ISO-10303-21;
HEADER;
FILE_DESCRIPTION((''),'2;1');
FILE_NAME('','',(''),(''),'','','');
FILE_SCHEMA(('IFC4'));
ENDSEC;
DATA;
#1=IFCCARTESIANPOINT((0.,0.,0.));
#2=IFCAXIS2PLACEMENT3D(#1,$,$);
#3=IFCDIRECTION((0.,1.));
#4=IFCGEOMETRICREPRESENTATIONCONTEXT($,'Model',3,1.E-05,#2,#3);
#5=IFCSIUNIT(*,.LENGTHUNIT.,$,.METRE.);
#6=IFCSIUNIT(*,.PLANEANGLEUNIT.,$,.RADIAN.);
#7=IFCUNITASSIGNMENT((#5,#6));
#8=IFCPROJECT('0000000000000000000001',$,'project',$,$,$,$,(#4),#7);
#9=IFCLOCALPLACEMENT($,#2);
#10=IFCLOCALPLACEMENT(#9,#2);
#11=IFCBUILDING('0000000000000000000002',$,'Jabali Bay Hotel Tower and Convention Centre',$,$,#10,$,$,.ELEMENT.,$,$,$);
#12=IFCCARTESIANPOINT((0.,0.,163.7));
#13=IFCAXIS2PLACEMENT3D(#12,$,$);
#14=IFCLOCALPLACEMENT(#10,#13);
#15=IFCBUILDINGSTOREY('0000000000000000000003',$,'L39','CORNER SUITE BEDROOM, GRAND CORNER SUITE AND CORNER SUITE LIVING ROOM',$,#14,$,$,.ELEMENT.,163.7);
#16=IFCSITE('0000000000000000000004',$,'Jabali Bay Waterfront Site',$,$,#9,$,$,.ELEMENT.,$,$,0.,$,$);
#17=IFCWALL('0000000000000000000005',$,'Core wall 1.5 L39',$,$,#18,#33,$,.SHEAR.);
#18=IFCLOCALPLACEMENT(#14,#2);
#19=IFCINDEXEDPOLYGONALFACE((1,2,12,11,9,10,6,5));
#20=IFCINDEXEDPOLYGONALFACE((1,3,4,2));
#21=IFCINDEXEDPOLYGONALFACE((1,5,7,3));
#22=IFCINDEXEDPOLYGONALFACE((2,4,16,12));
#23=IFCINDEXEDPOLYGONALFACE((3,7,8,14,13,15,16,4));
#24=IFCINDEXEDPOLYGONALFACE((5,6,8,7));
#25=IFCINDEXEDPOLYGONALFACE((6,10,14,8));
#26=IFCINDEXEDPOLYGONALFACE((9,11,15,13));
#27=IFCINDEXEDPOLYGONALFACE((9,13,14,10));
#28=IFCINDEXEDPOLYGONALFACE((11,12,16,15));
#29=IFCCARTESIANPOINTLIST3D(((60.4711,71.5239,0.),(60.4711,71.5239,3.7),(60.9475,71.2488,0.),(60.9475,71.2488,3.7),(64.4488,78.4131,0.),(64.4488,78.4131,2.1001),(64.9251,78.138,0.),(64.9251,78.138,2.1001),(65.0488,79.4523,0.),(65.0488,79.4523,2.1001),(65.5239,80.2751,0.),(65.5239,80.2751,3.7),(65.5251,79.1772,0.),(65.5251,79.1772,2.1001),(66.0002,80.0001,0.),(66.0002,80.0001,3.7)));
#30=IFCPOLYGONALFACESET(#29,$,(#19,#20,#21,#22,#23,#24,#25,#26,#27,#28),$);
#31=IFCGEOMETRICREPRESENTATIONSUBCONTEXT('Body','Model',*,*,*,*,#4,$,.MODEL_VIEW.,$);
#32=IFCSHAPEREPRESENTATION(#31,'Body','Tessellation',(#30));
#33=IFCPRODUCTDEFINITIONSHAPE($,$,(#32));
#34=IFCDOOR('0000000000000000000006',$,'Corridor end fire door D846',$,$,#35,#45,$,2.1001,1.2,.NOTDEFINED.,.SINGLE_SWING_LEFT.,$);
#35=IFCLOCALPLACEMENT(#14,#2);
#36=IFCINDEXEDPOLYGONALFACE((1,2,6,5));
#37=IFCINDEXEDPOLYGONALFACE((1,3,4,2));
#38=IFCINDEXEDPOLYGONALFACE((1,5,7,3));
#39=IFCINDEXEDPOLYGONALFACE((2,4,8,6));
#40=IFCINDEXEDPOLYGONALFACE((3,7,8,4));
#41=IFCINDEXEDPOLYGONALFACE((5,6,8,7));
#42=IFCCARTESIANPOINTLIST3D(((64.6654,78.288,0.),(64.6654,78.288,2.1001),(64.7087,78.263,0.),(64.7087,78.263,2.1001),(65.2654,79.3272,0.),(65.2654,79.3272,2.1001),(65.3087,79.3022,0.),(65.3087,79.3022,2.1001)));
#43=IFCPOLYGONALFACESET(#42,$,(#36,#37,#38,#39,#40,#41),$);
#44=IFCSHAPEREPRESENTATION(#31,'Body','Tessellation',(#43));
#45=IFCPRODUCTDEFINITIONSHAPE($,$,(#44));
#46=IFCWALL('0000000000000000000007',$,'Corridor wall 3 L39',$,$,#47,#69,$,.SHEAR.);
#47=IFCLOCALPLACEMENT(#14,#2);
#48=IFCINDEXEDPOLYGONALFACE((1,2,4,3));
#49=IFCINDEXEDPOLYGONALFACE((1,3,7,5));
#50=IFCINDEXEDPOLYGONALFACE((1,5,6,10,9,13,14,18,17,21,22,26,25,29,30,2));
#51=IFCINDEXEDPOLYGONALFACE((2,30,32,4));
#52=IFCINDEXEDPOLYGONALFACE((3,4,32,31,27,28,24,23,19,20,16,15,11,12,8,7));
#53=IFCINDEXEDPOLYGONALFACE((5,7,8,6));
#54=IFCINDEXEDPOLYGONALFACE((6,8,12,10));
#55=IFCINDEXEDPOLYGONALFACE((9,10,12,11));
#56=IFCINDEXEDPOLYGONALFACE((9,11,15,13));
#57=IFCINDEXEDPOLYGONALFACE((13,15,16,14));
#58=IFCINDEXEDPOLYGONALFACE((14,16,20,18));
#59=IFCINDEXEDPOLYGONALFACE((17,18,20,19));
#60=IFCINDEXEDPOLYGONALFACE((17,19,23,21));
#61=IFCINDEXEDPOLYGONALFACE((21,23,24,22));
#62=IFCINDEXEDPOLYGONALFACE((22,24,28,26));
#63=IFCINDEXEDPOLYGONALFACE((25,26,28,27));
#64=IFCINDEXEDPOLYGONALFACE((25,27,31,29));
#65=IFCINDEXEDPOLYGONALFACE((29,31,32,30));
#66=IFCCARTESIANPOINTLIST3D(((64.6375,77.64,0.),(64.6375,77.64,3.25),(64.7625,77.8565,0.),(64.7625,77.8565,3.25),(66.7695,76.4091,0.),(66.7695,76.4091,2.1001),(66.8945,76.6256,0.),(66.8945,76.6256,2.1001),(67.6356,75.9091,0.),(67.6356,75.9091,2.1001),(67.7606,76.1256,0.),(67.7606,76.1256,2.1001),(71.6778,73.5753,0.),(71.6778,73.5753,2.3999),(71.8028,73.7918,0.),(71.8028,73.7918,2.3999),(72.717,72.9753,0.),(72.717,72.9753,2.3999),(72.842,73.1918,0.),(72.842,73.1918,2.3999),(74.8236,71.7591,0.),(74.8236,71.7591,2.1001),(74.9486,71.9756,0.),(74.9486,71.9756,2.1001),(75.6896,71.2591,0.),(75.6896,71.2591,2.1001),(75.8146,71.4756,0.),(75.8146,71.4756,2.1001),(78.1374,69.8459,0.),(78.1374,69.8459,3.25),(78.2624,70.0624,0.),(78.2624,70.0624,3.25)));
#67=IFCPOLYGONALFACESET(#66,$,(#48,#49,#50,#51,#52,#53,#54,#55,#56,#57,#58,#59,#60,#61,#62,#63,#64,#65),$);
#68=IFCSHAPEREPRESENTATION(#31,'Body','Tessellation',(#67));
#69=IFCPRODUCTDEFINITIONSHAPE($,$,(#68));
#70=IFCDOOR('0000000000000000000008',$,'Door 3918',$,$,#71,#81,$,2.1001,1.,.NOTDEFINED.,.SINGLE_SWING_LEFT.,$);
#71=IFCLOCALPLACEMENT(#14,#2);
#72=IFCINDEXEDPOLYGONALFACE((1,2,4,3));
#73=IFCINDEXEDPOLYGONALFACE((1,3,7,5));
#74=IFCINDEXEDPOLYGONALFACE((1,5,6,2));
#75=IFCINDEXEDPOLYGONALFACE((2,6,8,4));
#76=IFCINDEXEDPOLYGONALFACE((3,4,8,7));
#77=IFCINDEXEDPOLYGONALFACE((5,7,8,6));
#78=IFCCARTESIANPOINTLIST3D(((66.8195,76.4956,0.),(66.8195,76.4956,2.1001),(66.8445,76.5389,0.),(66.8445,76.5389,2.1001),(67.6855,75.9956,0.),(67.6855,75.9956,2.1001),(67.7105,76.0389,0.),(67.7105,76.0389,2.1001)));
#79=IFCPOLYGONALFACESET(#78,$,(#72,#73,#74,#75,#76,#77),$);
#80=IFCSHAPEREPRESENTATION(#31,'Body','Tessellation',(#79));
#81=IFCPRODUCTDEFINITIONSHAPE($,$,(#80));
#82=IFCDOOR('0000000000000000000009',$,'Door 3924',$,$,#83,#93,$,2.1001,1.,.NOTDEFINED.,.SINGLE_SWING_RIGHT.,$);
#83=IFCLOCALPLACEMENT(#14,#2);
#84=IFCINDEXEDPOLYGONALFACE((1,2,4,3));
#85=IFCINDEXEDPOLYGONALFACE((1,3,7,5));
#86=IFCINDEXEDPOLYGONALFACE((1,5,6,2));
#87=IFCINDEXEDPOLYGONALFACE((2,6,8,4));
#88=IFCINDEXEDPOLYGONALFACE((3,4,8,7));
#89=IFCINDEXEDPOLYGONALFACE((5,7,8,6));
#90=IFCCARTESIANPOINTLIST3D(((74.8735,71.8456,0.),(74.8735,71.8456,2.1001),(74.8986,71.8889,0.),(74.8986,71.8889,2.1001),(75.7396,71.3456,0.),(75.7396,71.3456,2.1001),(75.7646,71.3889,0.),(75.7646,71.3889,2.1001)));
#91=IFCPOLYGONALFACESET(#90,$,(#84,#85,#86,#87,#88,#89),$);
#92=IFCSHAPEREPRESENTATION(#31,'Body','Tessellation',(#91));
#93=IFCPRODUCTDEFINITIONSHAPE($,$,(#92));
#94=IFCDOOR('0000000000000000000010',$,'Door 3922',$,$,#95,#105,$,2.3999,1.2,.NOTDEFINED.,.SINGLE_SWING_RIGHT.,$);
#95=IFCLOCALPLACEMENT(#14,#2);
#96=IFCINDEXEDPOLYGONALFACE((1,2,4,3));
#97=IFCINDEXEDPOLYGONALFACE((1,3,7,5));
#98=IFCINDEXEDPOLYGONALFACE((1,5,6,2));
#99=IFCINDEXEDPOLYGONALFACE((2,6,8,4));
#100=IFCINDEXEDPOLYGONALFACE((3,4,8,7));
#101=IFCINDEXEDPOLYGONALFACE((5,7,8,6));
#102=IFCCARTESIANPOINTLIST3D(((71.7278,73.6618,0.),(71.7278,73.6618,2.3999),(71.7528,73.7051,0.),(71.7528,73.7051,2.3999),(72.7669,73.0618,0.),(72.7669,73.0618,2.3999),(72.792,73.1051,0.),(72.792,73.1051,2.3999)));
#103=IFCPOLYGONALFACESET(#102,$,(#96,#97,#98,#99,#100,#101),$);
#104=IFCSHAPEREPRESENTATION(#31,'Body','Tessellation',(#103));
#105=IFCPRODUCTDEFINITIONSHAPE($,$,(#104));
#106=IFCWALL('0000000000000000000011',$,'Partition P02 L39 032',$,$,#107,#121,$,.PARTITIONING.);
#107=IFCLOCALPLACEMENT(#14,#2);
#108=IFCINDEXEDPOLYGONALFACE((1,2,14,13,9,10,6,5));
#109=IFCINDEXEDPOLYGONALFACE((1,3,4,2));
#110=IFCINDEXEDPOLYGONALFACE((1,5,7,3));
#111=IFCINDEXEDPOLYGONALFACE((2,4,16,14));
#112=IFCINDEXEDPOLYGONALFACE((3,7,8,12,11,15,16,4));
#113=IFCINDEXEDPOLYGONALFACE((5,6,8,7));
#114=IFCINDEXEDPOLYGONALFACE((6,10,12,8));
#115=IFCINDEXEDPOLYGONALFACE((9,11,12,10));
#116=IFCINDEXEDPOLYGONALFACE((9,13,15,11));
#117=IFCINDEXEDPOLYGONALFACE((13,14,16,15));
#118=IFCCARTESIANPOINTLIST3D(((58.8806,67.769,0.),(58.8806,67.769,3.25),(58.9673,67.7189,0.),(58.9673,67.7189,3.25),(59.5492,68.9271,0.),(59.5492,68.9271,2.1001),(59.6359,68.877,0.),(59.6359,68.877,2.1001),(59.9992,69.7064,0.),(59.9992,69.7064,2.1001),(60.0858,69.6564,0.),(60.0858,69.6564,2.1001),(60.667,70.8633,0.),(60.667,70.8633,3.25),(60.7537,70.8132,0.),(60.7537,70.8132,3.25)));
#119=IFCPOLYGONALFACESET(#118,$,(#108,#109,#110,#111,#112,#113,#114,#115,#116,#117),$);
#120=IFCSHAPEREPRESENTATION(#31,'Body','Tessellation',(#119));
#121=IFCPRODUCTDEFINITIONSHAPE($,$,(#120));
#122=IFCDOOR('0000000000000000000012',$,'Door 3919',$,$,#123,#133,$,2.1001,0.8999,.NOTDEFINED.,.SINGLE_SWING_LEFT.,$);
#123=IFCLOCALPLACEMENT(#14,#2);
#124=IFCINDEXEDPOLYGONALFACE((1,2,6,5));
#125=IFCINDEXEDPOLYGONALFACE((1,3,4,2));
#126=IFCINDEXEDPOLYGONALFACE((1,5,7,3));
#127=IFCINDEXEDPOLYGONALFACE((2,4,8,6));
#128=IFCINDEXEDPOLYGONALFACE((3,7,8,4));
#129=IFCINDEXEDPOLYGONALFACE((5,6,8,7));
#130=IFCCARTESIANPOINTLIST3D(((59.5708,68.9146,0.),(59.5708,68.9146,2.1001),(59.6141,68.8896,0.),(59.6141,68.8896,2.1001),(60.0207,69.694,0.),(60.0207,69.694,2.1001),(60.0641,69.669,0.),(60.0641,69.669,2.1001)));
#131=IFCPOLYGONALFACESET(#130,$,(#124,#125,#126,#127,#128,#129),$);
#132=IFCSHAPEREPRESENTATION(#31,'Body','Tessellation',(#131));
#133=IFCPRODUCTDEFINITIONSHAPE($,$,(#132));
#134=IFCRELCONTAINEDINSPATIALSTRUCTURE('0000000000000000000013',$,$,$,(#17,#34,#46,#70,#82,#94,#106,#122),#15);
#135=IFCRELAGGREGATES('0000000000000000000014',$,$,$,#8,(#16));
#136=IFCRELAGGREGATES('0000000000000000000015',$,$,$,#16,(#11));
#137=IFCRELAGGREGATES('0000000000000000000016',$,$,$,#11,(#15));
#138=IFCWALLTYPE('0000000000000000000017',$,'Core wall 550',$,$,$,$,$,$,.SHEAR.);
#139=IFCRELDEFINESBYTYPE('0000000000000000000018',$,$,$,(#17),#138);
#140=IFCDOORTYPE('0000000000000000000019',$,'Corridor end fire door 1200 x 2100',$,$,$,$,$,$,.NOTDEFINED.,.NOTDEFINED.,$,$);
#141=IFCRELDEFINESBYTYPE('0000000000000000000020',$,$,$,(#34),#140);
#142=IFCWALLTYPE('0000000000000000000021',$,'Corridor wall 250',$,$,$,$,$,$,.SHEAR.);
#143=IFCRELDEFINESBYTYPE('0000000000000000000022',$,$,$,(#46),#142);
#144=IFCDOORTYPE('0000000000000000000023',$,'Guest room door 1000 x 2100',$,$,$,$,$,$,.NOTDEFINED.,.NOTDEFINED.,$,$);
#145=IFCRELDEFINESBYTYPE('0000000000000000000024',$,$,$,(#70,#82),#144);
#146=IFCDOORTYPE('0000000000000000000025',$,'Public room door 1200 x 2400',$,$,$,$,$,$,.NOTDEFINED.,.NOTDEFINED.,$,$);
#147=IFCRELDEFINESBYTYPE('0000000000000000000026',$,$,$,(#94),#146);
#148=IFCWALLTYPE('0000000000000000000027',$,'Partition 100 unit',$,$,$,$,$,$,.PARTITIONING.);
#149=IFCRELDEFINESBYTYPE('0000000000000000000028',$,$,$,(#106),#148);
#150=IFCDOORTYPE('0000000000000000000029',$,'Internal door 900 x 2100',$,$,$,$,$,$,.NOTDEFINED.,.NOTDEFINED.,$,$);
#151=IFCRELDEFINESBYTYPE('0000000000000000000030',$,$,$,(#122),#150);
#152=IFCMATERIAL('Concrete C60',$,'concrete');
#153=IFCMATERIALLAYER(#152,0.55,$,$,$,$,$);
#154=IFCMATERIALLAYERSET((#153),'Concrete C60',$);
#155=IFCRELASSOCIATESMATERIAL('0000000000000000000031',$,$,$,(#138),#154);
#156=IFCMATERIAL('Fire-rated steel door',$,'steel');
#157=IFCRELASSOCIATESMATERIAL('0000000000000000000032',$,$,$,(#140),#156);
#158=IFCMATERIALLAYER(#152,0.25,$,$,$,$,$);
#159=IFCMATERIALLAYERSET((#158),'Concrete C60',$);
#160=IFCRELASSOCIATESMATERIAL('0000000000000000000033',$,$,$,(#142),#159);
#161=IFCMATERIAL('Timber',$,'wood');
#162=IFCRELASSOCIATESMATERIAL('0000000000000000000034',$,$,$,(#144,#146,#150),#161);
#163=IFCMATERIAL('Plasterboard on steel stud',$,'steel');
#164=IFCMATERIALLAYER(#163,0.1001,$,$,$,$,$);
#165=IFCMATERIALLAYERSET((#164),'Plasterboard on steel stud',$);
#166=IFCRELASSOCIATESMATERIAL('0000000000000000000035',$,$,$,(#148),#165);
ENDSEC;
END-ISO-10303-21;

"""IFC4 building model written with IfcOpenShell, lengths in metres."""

from ifc_helpers import new_model, si_unit, direction, frame, frame_2d, origin, place, context, subcontext, project, spatial, rectangle, extrude, material, layer, layer_set, type_object, element, fill, save


model = new_model("IFC4")

# Units and contexts
model_context = context("Model", 3, precision=1e-05, world=origin(), true_north=direction((0.0, 1.0)))
body_context = subcontext(model_context, "Body", "Model", "MODEL_VIEW")
ifc_project = project(units=[si_unit("LENGTHUNIT", "METRE"), si_unit("PLANEANGLEUNIT", "RADIAN")], contexts=[model_context])

# Site, building, storey
site_placement = place(None, origin())
site = spatial("IfcSite", under=ifc_project, at=site_placement, Name="Jabali Bay Waterfront Site", CompositionType="ELEMENT", RefElevation=0.0)
building_placement = place(site_placement, origin())
building = spatial("IfcBuilding", under=site, at=building_placement, Name="Jabali Bay Hotel Tower and Convention Centre", CompositionType="ELEMENT")
storey_placement = place(building_placement, frame((0.0, 0.0, 163.7)))
storey = spatial("IfcBuildingStorey", under=building, at=storey_placement, Name="L39", Description="CORNER SUITE BEDROOM, GRAND CORNER SUITE AND CORNER SUITE LIVING ROOM", CompositionType="ELEMENT", Elevation=163.7)

# Shared definitions
ifc_material_1 = material(Name="Fire-rated steel door", Category="steel")

# Wall, opening, door
ifc_material_2 = material(Name="Concrete C60", Category="concrete")
ifc_layer_1 = layer(ifc_material_2, 0.55)
ifc_layer_set_1 = layer_set([ifc_layer_1], Name="Concrete C60")
wall_type_1 = type_object("IfcWallType", Name="Core wall 550", PredefinedType="SHEAR", material=ifc_layer_set_1)
wall_1_placement = place(storey_placement, frame((60.7092, 71.3862, 0.0), z_axis=(0.0, 0.0, 1.0), x_axis=(0.500016, 0.866016, 0.0)))
wall_1 = element("IfcWall", 1, at=wall_1_placement, inside=storey, type_object=wall_type_1, Name="Core wall 1.5 L39", PredefinedType="SHEAR", context=body_context, shape_type="SweptSolid", body=[
    extrude(rectangle(XDim=10.1052, YDim=0.55, at=frame_2d((5.0527, 0.0))), origin(), (0.0, 0.0, 1.0), 3.7),
])
opening_1_placement = place(wall_1_placement, frame((7.9551, 0.0, 0.0)))
opening_1 = element("IfcOpeningElement", 2, at=opening_1_placement, cuts=wall_1, PredefinedType="OPENING", context=body_context, shape_type="SweptSolid", body=[
    extrude(rectangle(XDim=1.2, YDim=2.1001, at=frame_2d((0.6001, 1.05))), frame((0.0, 0.2856, 0.0), z_axis=(0.0, -1.0, 0.0), x_axis=(1.0, 0.0, 0.0)), (0.0, 0.0, 1.0), 0.571),
])
door_type_1 = type_object("IfcDoorType", Name="Corridor end fire door 1200 x 2100", OperationType="NOTDEFINED", PredefinedType="NOTDEFINED", material=ifc_material_1)
door_1_placement = place(opening_1_placement, origin())
door_1 = element("IfcDoor", 3, at=door_1_placement, inside=storey, type_object=door_type_1, Name="Corridor end fire door D846", OperationType="SINGLE_SWING_LEFT", OverallHeight=2.1001, OverallWidth=1.2, PredefinedType="NOTDEFINED", context=body_context, shape_type="SweptSolid", body=[
    extrude(rectangle(XDim=1.2, YDim=2.1001, at=frame_2d((0.6001, 1.05))), frame((0.0, 0.0249, 0.0), z_axis=(0.0, -1.0, 0.0), x_axis=(1.0, 0.0, 0.0)), (0.0, 0.0, 1.0), 0.05),
])
fill(opening_1, door_1)

# Wall, openings, doors
ifc_layer_2 = layer(ifc_material_2, 0.25)
ifc_layer_set_2 = layer_set([ifc_layer_2], Name="Concrete C60")
wall_type_2 = type_object("IfcWallType", Name="Corridor wall 250", PredefinedType="SHEAR", material=ifc_layer_set_2)
wall_2_placement = place(storey_placement, frame((64.7, 77.7483, 0.0), z_axis=(0.0, 0.0, 1.0), x_axis=(0.866026, -0.499998, 0.0)))
wall_2 = element("IfcWall", 4, at=wall_2_placement, inside=storey, type_object=wall_type_2, Name="Corridor wall 3 L39", PredefinedType="SHEAR", context=body_context, shape_type="SweptSolid", body=[
    extrude(rectangle(XDim=15.5884, YDim=0.25, at=frame_2d((7.7942, 0.0))), origin(), (0.0, 0.0, 1.0), 3.25),
])
opening_2_placement = place(wall_2_placement, frame((2.4619, 0.0, 0.0)))
opening_2 = element("IfcOpeningElement", 5, at=opening_2_placement, cuts=wall_2, PredefinedType="OPENING", context=body_context, shape_type="SweptSolid", body=[
    extrude(rectangle(XDim=1.0, YDim=2.1001, at=frame_2d((0.5, 1.05))), frame((0.0, 0.1355, 0.0), z_axis=(0.0, -1.0, 0.0), x_axis=(1.0, 0.0, 0.0)), (0.0, 0.0, 1.0), 0.271),
])
opening_3_placement = place(wall_2_placement, frame((8.1294, 0.0, 0.0)))
opening_3 = element("IfcOpeningElement", 6, at=opening_3_placement, cuts=wall_2, PredefinedType="OPENING", context=body_context, shape_type="SweptSolid", body=[
    extrude(rectangle(XDim=1.2, YDim=2.3999, at=frame_2d((0.6001, 1.2))), frame((0.0, 0.1355, 0.0), z_axis=(0.0, -1.0, 0.0), x_axis=(1.0, 0.0, 0.0)), (0.0, 0.0, 1.0), 0.271),
])
opening_4_placement = place(wall_2_placement, frame((11.762, 0.0, 0.0)))
opening_4 = element("IfcOpeningElement", 7, at=opening_4_placement, cuts=wall_2, PredefinedType="OPENING", context=body_context, shape_type="SweptSolid", body=[
    extrude(rectangle(XDim=1.0, YDim=2.1001, at=frame_2d((0.5, 1.05))), frame((0.0, 0.1355, 0.0), z_axis=(0.0, -1.0, 0.0), x_axis=(1.0, 0.0, 0.0)), (0.0, 0.0, 1.0), 0.271),
])
ifc_material_3 = material(Name="Timber", Category="wood")
door_type_2 = type_object("IfcDoorType", Name="Guest room door 1000 x 2100", OperationType="NOTDEFINED", PredefinedType="NOTDEFINED", material=ifc_material_3)
door_2_placement = place(opening_2_placement, origin())
door_2 = element("IfcDoor", 8, at=door_2_placement, inside=storey, type_object=door_type_2, Name="Door 3918", OperationType="SINGLE_SWING_LEFT", OverallHeight=2.1001, OverallWidth=1.0, PredefinedType="NOTDEFINED", context=body_context, shape_type="SweptSolid", body=[
    extrude(rectangle(XDim=1.0, YDim=2.1001, at=frame_2d((0.5, 1.05))), frame((0.0, 0.0249, 0.0), z_axis=(0.0, -1.0, 0.0), x_axis=(1.0, 0.0, 0.0)), (0.0, 0.0, 1.0), 0.05),
])
fill(opening_2, door_2)
door_3_placement = place(opening_4_placement, origin())
door_3 = element("IfcDoor", 9, at=door_3_placement, inside=storey, type_object=door_type_2, Name="Door 3924", OperationType="SINGLE_SWING_RIGHT", OverallHeight=2.1001, OverallWidth=1.0, PredefinedType="NOTDEFINED", context=body_context, shape_type="SweptSolid", body=[
    extrude(rectangle(XDim=1.0, YDim=2.1001, at=frame_2d((0.5, 1.05))), frame((0.0, 0.0249, 0.0), z_axis=(0.0, -1.0, 0.0), x_axis=(1.0, 0.0, 0.0)), (0.0, 0.0, 1.0), 0.05),
])
fill(opening_4, door_3)
door_type_3 = type_object("IfcDoorType", Name="Public room door 1200 x 2400", OperationType="NOTDEFINED", PredefinedType="NOTDEFINED", material=ifc_material_3)
door_4_placement = place(opening_3_placement, origin())
door_4 = element("IfcDoor", 10, at=door_4_placement, inside=storey, type_object=door_type_3, Name="Door 3922", OperationType="SINGLE_SWING_RIGHT", OverallHeight=2.3999, OverallWidth=1.2, PredefinedType="NOTDEFINED", context=body_context, shape_type="SweptSolid", body=[
    extrude(rectangle(XDim=1.2, YDim=2.3999, at=frame_2d((0.6001, 1.2))), frame((0.0, 0.0249, 0.0), z_axis=(0.0, -1.0, 0.0), x_axis=(1.0, 0.0, 0.0)), (0.0, 0.0, 1.0), 0.05),
])
fill(opening_3, door_4)

# Wall, opening, door
ifc_material_4 = material(Name="Plasterboard on steel stud", Category="steel")
ifc_layer_3 = layer(ifc_material_4, 0.1001)
ifc_layer_set_3 = layer_set([ifc_layer_3], Name="Plasterboard on steel stud")
wall_type_3 = type_object("IfcWallType", Name="Partition 100 unit", PredefinedType="PARTITIONING", material=ifc_layer_set_3)
wall_3_placement = place(storey_placement, frame((60.7104, 70.8384, 0.0), z_axis=(0.0, 0.0, 1.0), x_axis=(-0.499983, -0.866035, 0.0)))
wall_3 = element("IfcWall", 11, at=wall_3_placement, inside=storey, type_object=wall_type_3, Name="Partition P02 L39 032", PredefinedType="PARTITIONING", context=body_context, shape_type="SweptSolid", body=[
    extrude(rectangle(XDim=3.573, YDim=0.1001, at=frame_2d((1.7866, 0.0))), origin(), (0.0, 0.0, 1.0), 3.25),
])
opening_5_placement = place(wall_3_placement, frame((1.3359, 0.0, 0.0)))
opening_5 = element("IfcOpeningElement", 12, at=opening_5_placement, cuts=wall_3, PredefinedType="OPENING", context=body_context, shape_type="SweptSolid", body=[
    extrude(rectangle(XDim=0.8999, YDim=2.1001, at=frame_2d((0.45, 1.05))), frame((0.0, 0.0605, 0.0), z_axis=(0.0, -1.0, 0.0), x_axis=(1.0, 0.0, 0.0)), (0.0, 0.0, 1.0), 0.1211),
])
door_type_4 = type_object("IfcDoorType", Name="Internal door 900 x 2100", OperationType="NOTDEFINED", PredefinedType="NOTDEFINED", material=ifc_material_3)
door_5_placement = place(opening_5_placement, origin())
door_5 = element("IfcDoor", 13, at=door_5_placement, inside=storey, type_object=door_type_4, Name="Door 3919", OperationType="SINGLE_SWING_LEFT", OverallHeight=2.1001, OverallWidth=0.8999, PredefinedType="NOTDEFINED", context=body_context, shape_type="SweptSolid", body=[
    extrude(rectangle(XDim=0.8999, YDim=2.1001, at=frame_2d((0.45, 1.05))), frame((0.0, 0.0249, 0.0), z_axis=(0.0, -1.0, 0.0), x_axis=(1.0, 0.0, 0.0)), (0.0, 0.0, 1.0), 0.05),
])
fill(opening_5, door_5)

save(model, "model.ifc")
